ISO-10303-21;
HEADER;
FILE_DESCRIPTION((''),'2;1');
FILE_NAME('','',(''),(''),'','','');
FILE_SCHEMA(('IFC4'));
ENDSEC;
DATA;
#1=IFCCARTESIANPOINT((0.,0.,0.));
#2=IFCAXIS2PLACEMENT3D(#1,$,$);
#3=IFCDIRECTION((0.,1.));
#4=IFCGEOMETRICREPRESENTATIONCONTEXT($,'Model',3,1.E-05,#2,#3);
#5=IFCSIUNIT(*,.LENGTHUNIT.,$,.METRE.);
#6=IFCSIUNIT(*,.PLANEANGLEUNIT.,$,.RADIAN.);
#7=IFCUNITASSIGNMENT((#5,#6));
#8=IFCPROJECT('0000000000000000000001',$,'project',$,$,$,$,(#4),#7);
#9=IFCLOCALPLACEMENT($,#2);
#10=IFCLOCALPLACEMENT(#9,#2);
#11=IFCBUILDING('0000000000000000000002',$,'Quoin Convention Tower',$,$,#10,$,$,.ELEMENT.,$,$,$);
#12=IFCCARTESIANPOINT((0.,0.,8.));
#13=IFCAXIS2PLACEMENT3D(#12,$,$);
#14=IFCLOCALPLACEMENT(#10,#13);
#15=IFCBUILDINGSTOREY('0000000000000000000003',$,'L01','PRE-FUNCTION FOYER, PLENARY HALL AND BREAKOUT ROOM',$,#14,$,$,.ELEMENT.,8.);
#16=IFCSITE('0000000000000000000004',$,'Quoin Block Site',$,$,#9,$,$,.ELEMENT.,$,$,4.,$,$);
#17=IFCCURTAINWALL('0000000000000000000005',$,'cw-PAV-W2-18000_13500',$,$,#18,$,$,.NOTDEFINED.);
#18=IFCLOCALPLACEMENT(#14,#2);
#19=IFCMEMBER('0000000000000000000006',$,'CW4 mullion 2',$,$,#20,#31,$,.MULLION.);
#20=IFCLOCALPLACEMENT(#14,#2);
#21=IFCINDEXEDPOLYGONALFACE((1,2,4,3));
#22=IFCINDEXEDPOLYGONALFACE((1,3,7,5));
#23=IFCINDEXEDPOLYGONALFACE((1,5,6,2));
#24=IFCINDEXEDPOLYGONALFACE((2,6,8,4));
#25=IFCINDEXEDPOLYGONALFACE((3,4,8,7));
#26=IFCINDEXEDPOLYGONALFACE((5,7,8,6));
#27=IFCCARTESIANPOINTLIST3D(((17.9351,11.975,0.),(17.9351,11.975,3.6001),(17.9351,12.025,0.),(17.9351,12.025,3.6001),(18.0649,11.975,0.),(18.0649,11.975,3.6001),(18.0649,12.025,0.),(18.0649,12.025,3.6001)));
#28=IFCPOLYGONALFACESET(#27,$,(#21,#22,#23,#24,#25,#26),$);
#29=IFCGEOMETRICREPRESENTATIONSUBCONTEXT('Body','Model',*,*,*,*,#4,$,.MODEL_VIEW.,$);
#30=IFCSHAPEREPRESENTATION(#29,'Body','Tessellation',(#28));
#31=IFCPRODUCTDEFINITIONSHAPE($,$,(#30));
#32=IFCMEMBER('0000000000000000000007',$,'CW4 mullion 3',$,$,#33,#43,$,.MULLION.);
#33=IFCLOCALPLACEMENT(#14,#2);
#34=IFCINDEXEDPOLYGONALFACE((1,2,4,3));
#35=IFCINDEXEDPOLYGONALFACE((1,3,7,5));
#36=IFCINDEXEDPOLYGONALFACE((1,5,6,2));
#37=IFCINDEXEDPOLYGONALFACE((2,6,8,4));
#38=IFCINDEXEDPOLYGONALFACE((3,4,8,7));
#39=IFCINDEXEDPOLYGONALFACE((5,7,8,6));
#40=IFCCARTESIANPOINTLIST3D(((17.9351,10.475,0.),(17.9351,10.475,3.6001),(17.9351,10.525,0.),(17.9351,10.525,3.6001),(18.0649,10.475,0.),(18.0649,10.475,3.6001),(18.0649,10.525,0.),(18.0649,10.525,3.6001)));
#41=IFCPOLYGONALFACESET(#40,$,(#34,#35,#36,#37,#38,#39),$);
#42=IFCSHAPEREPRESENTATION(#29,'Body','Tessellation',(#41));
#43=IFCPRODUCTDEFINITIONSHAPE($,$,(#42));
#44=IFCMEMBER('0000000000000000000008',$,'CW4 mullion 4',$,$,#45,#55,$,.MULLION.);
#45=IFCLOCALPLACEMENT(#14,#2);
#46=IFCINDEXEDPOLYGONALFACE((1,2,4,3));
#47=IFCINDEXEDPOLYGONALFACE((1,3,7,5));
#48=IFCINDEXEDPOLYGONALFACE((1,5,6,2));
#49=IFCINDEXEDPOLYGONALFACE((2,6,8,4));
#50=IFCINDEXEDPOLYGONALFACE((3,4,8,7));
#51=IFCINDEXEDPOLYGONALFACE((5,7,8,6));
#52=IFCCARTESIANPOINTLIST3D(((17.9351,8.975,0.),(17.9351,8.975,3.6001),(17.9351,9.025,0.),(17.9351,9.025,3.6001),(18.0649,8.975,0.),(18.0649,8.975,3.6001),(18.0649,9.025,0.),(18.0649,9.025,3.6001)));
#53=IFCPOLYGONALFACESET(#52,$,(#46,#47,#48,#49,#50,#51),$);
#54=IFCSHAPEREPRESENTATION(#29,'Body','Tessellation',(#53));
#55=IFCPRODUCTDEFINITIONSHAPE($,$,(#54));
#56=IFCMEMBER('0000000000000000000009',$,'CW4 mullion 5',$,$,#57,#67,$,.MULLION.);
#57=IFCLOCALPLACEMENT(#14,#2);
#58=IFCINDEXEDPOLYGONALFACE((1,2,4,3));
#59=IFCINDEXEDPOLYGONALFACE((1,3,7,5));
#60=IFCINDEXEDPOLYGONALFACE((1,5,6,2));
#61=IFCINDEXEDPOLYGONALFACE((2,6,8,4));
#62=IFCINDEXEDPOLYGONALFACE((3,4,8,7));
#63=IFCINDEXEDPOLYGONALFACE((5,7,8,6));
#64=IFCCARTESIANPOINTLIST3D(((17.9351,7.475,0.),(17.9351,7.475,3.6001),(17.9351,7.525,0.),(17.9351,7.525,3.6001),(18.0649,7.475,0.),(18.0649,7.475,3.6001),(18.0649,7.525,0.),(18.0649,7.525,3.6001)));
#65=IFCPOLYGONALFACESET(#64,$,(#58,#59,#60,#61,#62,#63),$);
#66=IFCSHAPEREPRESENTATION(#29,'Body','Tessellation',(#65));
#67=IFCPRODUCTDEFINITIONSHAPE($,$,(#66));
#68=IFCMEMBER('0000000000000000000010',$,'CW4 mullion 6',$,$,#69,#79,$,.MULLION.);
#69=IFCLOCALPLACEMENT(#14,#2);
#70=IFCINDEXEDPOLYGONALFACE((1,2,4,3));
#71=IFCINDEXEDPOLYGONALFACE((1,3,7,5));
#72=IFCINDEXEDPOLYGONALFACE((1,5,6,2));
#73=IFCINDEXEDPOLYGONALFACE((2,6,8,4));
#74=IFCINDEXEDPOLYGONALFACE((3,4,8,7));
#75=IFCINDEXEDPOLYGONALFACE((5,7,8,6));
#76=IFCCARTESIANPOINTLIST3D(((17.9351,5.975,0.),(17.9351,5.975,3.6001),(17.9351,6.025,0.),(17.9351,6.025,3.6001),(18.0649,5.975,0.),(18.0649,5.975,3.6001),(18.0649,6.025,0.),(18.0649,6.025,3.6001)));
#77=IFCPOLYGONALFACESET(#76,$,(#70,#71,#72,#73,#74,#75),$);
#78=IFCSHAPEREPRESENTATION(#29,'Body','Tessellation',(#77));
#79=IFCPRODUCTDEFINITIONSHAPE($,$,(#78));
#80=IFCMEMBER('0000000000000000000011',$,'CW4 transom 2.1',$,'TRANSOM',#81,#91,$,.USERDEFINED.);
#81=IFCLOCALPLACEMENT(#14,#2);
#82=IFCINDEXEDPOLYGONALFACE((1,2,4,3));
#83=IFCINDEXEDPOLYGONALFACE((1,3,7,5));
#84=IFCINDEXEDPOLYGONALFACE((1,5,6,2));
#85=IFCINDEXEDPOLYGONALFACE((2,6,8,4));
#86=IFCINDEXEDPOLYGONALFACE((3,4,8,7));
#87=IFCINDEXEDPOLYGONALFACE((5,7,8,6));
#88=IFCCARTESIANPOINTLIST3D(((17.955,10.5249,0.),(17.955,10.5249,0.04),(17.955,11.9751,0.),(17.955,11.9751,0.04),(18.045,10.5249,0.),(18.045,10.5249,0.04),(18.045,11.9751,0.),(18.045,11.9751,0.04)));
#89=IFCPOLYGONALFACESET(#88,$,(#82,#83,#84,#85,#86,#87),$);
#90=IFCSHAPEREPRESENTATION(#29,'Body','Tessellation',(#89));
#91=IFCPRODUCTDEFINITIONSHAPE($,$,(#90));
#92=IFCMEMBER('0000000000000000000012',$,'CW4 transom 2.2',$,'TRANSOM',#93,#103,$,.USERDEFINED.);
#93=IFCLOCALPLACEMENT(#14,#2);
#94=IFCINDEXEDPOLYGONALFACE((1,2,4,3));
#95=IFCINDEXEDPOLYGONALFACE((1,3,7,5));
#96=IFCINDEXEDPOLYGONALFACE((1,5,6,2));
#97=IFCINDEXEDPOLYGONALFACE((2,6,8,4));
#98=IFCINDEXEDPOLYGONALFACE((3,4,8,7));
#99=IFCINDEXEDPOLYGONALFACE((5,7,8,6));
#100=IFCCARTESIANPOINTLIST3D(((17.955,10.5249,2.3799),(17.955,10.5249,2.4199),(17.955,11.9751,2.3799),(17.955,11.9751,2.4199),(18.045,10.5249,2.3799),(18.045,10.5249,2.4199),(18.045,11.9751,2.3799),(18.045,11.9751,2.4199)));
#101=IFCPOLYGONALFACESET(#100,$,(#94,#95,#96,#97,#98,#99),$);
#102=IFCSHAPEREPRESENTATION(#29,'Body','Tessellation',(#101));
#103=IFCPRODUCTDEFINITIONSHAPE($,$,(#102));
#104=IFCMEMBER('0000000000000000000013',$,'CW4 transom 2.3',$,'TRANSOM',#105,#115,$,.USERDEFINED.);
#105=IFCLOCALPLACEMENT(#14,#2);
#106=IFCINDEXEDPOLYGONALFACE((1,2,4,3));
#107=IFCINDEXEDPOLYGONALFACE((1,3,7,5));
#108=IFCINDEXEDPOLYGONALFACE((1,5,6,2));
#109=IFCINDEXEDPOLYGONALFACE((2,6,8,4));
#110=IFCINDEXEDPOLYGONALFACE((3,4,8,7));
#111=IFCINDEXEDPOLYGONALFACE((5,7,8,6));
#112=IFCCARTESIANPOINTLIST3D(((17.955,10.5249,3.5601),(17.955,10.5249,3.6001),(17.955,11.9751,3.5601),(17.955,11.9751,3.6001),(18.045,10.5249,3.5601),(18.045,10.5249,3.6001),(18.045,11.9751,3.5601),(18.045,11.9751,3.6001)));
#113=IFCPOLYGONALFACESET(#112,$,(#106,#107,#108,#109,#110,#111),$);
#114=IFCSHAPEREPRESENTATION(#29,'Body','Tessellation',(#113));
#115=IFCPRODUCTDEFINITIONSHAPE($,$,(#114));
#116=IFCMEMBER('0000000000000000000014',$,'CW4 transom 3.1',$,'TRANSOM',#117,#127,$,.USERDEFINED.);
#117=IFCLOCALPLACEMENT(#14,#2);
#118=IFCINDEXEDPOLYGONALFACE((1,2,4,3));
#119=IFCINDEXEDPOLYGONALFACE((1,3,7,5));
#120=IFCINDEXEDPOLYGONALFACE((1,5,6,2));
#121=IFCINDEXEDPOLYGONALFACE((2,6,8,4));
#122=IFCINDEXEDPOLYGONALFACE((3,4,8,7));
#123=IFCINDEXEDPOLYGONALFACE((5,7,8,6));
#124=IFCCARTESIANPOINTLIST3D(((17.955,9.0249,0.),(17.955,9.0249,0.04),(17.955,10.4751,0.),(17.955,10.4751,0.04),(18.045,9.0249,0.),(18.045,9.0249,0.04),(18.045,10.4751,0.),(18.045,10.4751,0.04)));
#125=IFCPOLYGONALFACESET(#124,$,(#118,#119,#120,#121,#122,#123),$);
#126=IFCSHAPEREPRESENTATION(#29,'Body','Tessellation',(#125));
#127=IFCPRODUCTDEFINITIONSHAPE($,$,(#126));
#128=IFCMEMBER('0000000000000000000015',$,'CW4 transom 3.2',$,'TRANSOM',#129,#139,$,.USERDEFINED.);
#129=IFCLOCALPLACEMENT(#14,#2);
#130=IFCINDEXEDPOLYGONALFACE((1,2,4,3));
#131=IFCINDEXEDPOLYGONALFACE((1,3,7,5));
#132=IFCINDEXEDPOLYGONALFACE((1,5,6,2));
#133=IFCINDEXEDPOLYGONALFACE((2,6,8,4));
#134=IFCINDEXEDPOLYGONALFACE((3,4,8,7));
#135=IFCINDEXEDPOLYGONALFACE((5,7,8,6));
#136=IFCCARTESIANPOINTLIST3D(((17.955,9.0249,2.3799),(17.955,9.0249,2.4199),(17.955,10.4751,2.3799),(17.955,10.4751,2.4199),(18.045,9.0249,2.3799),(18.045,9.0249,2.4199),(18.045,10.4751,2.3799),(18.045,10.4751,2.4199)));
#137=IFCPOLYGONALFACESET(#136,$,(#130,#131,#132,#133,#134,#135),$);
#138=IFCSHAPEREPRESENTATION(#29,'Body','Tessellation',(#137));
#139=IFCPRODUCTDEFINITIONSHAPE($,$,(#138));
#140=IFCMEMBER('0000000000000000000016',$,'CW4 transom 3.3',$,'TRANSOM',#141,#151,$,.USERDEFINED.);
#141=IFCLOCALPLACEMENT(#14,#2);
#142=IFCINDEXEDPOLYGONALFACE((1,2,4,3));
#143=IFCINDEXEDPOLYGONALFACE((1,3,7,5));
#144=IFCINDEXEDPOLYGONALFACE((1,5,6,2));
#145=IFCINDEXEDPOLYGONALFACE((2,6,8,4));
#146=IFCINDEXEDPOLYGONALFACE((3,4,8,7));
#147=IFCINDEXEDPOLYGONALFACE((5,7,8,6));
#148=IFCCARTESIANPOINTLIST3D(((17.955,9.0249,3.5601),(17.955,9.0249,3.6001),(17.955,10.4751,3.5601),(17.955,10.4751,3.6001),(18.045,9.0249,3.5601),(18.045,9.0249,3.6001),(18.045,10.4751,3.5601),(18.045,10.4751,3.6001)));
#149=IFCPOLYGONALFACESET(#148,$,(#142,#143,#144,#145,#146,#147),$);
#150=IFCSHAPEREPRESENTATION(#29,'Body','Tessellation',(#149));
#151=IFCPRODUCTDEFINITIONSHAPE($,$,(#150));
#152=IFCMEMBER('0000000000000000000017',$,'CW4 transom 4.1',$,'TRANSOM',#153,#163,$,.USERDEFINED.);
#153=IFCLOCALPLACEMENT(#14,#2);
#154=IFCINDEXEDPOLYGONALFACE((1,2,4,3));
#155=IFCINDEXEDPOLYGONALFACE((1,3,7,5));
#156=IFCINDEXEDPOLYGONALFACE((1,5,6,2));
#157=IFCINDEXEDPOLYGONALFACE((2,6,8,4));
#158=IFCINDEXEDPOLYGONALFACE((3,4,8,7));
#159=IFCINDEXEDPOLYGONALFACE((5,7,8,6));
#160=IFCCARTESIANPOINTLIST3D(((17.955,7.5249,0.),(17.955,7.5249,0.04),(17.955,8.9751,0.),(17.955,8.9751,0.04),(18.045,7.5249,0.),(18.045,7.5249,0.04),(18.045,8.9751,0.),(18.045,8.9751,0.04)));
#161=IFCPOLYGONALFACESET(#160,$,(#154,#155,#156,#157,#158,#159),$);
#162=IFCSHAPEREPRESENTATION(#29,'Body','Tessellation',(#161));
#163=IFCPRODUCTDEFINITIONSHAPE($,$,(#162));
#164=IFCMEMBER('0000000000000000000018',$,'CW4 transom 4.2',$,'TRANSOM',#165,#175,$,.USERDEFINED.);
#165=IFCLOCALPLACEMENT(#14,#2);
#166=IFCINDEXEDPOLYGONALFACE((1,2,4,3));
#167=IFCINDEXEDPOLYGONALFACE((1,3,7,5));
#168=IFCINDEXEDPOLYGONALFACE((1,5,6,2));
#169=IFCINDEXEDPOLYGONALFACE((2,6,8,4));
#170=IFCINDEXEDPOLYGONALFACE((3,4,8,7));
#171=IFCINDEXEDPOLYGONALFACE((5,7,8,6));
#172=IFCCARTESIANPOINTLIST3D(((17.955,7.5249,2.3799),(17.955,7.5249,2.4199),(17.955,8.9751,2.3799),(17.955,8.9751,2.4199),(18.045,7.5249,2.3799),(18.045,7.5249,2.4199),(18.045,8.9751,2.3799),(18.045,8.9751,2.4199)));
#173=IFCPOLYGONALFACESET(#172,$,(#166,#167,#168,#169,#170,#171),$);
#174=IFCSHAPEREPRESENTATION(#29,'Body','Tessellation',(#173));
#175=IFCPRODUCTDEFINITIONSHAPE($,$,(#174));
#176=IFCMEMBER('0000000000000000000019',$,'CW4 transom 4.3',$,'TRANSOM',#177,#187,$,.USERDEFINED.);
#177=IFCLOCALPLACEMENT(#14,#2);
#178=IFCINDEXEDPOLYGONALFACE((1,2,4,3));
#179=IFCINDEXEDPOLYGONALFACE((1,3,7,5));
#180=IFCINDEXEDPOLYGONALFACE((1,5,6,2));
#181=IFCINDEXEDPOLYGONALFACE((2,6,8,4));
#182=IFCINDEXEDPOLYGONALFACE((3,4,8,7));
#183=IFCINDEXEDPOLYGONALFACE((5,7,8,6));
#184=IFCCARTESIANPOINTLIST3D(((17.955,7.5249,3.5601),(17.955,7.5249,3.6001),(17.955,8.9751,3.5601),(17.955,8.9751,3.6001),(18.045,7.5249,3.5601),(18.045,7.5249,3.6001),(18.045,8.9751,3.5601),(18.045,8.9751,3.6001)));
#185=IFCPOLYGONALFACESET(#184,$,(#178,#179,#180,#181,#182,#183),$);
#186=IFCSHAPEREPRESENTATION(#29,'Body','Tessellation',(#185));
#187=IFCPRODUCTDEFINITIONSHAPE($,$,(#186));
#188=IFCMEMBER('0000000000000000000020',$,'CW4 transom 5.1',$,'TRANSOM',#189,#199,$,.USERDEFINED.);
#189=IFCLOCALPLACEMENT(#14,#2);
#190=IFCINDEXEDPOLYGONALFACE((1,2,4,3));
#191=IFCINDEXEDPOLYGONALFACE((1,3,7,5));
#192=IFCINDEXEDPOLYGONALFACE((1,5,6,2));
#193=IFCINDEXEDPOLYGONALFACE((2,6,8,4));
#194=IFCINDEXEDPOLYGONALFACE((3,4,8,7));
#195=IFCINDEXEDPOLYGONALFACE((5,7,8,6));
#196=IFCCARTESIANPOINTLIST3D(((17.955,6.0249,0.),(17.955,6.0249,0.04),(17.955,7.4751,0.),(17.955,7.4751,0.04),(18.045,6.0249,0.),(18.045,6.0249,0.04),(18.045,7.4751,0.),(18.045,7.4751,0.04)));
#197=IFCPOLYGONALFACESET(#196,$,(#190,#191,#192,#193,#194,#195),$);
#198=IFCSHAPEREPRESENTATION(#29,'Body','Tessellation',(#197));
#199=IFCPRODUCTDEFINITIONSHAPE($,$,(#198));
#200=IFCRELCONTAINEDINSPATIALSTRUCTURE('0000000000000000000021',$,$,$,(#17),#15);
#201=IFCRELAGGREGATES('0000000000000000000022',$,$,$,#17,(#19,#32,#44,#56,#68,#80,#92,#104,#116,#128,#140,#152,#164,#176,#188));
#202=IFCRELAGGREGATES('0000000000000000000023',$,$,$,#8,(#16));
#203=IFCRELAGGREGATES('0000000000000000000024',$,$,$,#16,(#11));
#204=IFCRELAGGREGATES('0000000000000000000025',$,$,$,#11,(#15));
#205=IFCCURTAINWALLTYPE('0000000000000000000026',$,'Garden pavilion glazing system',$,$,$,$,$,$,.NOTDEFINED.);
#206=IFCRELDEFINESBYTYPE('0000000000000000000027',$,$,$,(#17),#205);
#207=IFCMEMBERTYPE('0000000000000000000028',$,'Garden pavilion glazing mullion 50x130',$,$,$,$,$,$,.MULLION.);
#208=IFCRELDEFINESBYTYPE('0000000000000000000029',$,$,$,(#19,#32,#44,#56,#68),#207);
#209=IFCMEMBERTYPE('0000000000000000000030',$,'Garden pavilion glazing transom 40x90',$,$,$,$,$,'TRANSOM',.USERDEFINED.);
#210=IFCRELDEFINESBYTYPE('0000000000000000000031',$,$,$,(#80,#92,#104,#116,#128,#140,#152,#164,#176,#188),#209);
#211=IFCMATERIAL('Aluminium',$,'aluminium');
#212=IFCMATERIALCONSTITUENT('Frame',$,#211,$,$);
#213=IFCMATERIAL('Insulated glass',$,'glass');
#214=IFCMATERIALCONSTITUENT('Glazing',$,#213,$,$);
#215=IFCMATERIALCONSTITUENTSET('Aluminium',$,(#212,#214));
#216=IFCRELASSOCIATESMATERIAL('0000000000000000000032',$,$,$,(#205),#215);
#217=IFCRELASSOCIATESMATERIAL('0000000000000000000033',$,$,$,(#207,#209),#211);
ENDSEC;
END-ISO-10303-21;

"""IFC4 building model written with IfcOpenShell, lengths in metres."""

from ifc_helpers import new_model, si_unit, direction, frame, origin, origin_2d, place, context, subcontext, project, spatial, rectangle, extrude, material, constituent, constituent_set, material_profile, profile_set, type_object, element, aggregate, save


model = new_model("IFC4")

# Units and contexts
model_context = context("Model", 3, precision=1e-05, world=origin(), true_north=direction((0.0, 1.0)))
body_context = subcontext(model_context, "Body", "Model", "MODEL_VIEW")
ifc_project = project(units=[si_unit("LENGTHUNIT", "METRE"), si_unit("PLANEANGLEUNIT", "RADIAN")], contexts=[model_context])

# Site, building, storey
site_placement = place(None, origin())
site = spatial("IfcSite", under=ifc_project, at=site_placement, Name="Quoin Block Site", CompositionType="ELEMENT", RefElevation=4.0)
building_placement = place(site_placement, origin())
building = spatial("IfcBuilding", under=site, at=building_placement, Name="Quoin Convention Tower", CompositionType="ELEMENT")
storey_placement = place(building_placement, frame((0.0, 0.0, 8.0)))
storey = spatial("IfcBuildingStorey", under=building, at=storey_placement, Name="L01", Description="PRE-FUNCTION FOYER, PLENARY HALL AND BREAKOUT ROOM", CompositionType="ELEMENT", Elevation=8.0)

# Curtain wall, members
ifc_material_1 = material(Name="Aluminium", Category="aluminium")
ifc_constituent_1 = constituent(ifc_material_1, Name="Frame")
ifc_material_2 = material(Name="Insulated glass", Category="glass")
ifc_constituent_2 = constituent(ifc_material_2, Name="Glazing")
ifc_constituent_set = constituent_set(constituents=[ifc_constituent_1, ifc_constituent_2], Name="Aluminium")
curtain_wall_type = type_object("IfcCurtainWallType", Name="Garden pavilion glazing system", PredefinedType="NOTDEFINED", material=ifc_constituent_set)
curtain_wall_placement = place(storey_placement, origin())
curtain_wall = element("IfcCurtainWall", 1, at=curtain_wall_placement, inside=storey, type_object=curtain_wall_type, Name="cw-PAV-W2-18000_13500", PredefinedType="NOTDEFINED")
ifc_material_profile_1 = material_profile(ifc_material_1, rectangle(XDim=0.1299, YDim=0.05, at=origin_2d()), Name="Garden pavilion glazing mullion 50x130")
ifc_profile_set_1 = profile_set([ifc_material_profile_1], Name="Aluminium")
member_type_1 = type_object("IfcMemberType", Name="Garden pavilion glazing mullion 50x130", PredefinedType="MULLION", material=ifc_profile_set_1)
member_1_placement = place(storey_placement, frame((18.0, 12.0, 0.0), z_axis=(0.0, 0.0, 1.0), x_axis=(1.0, 0.0, 0.0)))
member_1 = element("IfcMember", 2, at=member_1_placement, type_object=member_type_1, Name="CW4 mullion 2", PredefinedType="MULLION", context=body_context, shape_type="SweptSolid", body=[
    extrude(rectangle(XDim=0.1299, YDim=0.05, at=origin_2d()), origin(), (0.0, 0.0, 1.0), 3.6001),
])
member_2_placement = place(storey_placement, frame((18.0, 10.5, 0.0), z_axis=(0.0, 0.0, 1.0), x_axis=(1.0, 0.0, 0.0)))
member_2 = element("IfcMember", 3, at=member_2_placement, type_object=member_type_1, Name="CW4 mullion 3", PredefinedType="MULLION", context=body_context, shape_type="SweptSolid", body=[
    extrude(rectangle(XDim=0.1299, YDim=0.05, at=origin_2d()), origin(), (0.0, 0.0, 1.0), 3.6001),
])
member_3_placement = place(storey_placement, frame((18.0, 9.0, 0.0), z_axis=(0.0, 0.0, 1.0), x_axis=(1.0, 0.0, 0.0)))
member_3 = element("IfcMember", 4, at=member_3_placement, type_object=member_type_1, Name="CW4 mullion 4", PredefinedType="MULLION", context=body_context, shape_type="SweptSolid", body=[
    extrude(rectangle(XDim=0.1299, YDim=0.05, at=origin_2d()), origin(), (0.0, 0.0, 1.0), 3.6001),
])
member_4_placement = place(storey_placement, frame((18.0, 7.5, 0.0), z_axis=(0.0, 0.0, 1.0), x_axis=(1.0, 0.0, 0.0)))
member_4 = element("IfcMember", 5, at=member_4_placement, type_object=member_type_1, Name="CW4 mullion 5", PredefinedType="MULLION", context=body_context, shape_type="SweptSolid", body=[
    extrude(rectangle(XDim=0.1299, YDim=0.05, at=origin_2d()), origin(), (0.0, 0.0, 1.0), 3.6001),
])
member_5_placement = place(storey_placement, frame((18.0, 6.0, 0.0), z_axis=(0.0, 0.0, 1.0), x_axis=(1.0, 0.0, 0.0)))
member_5 = element("IfcMember", 6, at=member_5_placement, type_object=member_type_1, Name="CW4 mullion 6", PredefinedType="MULLION", context=body_context, shape_type="SweptSolid", body=[
    extrude(rectangle(XDim=0.1299, YDim=0.05, at=origin_2d()), origin(), (0.0, 0.0, 1.0), 3.6001),
])
ifc_material_profile_2 = material_profile(ifc_material_1, rectangle(XDim=0.0901, YDim=0.04, at=origin_2d()), Name="Garden pavilion glazing transom 40x90")
ifc_profile_set_2 = profile_set([ifc_material_profile_2], Name="Aluminium")
member_type_2 = type_object("IfcMemberType", Name="Garden pavilion glazing transom 40x90", ElementType="TRANSOM", PredefinedType="USERDEFINED", material=ifc_profile_set_2)
member_6_placement = place(storey_placement, frame((18.0, 11.9751, 0.02), z_axis=(0.0, -1.0, 0.0), x_axis=(1.0, 0.0, 0.0)))
member_6 = element("IfcMember", 7, at=member_6_placement, type_object=member_type_2, Name="CW4 transom 2.1", ObjectType="TRANSOM", PredefinedType="USERDEFINED", context=body_context, shape_type="SweptSolid", body=[
    extrude(rectangle(XDim=0.0901, YDim=0.04, at=origin_2d()), origin(), (0.0, 0.0, 1.0), 1.4502),
])
member_7_placement = place(storey_placement, frame((18.0, 11.9751, 2.3999), z_axis=(0.0, -1.0, 0.0), x_axis=(1.0, 0.0, 0.0)))
member_7 = element("IfcMember", 8, at=member_7_placement, type_object=member_type_2, Name="CW4 transom 2.2", ObjectType="TRANSOM", PredefinedType="USERDEFINED", context=body_context, shape_type="SweptSolid", body=[
    extrude(rectangle(XDim=0.0901, YDim=0.04, at=origin_2d()), origin(), (0.0, 0.0, 1.0), 1.4502),
])
member_8_placement = place(storey_placement, frame((18.0, 11.9751, 3.5801), z_axis=(0.0, -1.0, 0.0), x_axis=(1.0, 0.0, 0.0)))
member_8 = element("IfcMember", 9, at=member_8_placement, type_object=member_type_2, Name="CW4 transom 2.3", ObjectType="TRANSOM", PredefinedType="USERDEFINED", context=body_context, shape_type="SweptSolid", body=[
    extrude(rectangle(XDim=0.0901, YDim=0.04, at=origin_2d()), origin(), (0.0, 0.0, 1.0), 1.4502),
])
member_9_placement = place(storey_placement, frame((18.0, 10.4751, 0.02), z_axis=(0.0, -1.0, 0.0), x_axis=(1.0, 0.0, 0.0)))
member_9 = element("IfcMember", 10, at=member_9_placement, type_object=member_type_2, Name="CW4 transom 3.1", ObjectType="TRANSOM", PredefinedType="USERDEFINED", context=body_context, shape_type="SweptSolid", body=[
    extrude(rectangle(XDim=0.0901, YDim=0.04, at=origin_2d()), origin(), (0.0, 0.0, 1.0), 1.4502),
])
member_10_placement = place(storey_placement, frame((18.0, 10.4751, 2.3999), z_axis=(0.0, -1.0, 0.0), x_axis=(1.0, 0.0, 0.0)))
member_10 = element("IfcMember", 11, at=member_10_placement, type_object=member_type_2, Name="CW4 transom 3.2", ObjectType="TRANSOM", PredefinedType="USERDEFINED", context=body_context, shape_type="SweptSolid", body=[
    extrude(rectangle(XDim=0.0901, YDim=0.04, at=origin_2d()), origin(), (0.0, 0.0, 1.0), 1.4502),
])
member_11_placement = place(storey_placement, frame((18.0, 10.4751, 3.5801), z_axis=(0.0, -1.0, 0.0), x_axis=(1.0, 0.0, 0.0)))
member_11 = element("IfcMember", 12, at=member_11_placement, type_object=member_type_2, Name="CW4 transom 3.3", ObjectType="TRANSOM", PredefinedType="USERDEFINED", context=body_context, shape_type="SweptSolid", body=[
    extrude(rectangle(XDim=0.0901, YDim=0.04, at=origin_2d()), origin(), (0.0, 0.0, 1.0), 1.4502),
])
member_12_placement = place(storey_placement, frame((18.0, 8.9751, 0.02), z_axis=(0.0, -1.0, 0.0), x_axis=(1.0, 0.0, 0.0)))
member_12 = element("IfcMember", 13, at=member_12_placement, type_object=member_type_2, Name="CW4 transom 4.1", ObjectType="TRANSOM", PredefinedType="USERDEFINED", context=body_context, shape_type="SweptSolid", body=[
    extrude(rectangle(XDim=0.0901, YDim=0.04, at=origin_2d()), origin(), (0.0, 0.0, 1.0), 1.4502),
])
member_13_placement = place(storey_placement, frame((18.0, 8.9751, 2.3999), z_axis=(0.0, -1.0, 0.0), x_axis=(1.0, 0.0, 0.0)))
member_13 = element("IfcMember", 14, at=member_13_placement, type_object=member_type_2, Name="CW4 transom 4.2", ObjectType="TRANSOM", PredefinedType="USERDEFINED", context=body_context, shape_type="SweptSolid", body=[
    extrude(rectangle(XDim=0.0901, YDim=0.04, at=origin_2d()), origin(), (0.0, 0.0, 1.0), 1.4502),
])
member_14_placement = place(storey_placement, frame((18.0, 8.9751, 3.5801), z_axis=(0.0, -1.0, 0.0), x_axis=(1.0, 0.0, 0.0)))
member_14 = element("IfcMember", 15, at=member_14_placement, type_object=member_type_2, Name="CW4 transom 4.3", ObjectType="TRANSOM", PredefinedType="USERDEFINED", context=body_context, shape_type="SweptSolid", body=[
    extrude(rectangle(XDim=0.0901, YDim=0.04, at=origin_2d()), origin(), (0.0, 0.0, 1.0), 1.4502),
])
member_15_placement = place(storey_placement, frame((18.0, 7.4751, 0.02), z_axis=(0.0, -1.0, 0.0), x_axis=(1.0, 0.0, 0.0)))
member_15 = element("IfcMember", 16, at=member_15_placement, type_object=member_type_2, Name="CW4 transom 5.1", ObjectType="TRANSOM", PredefinedType="USERDEFINED", context=body_context, shape_type="SweptSolid", body=[
    extrude(rectangle(XDim=0.0901, YDim=0.04, at=origin_2d()), origin(), (0.0, 0.0, 1.0), 1.4502),
])

aggregate(curtain_wall, [member_1, member_2, member_3, member_4, member_5, member_6, member_7, member_8, member_9, member_10, member_11, member_12, member_13, member_14, member_15])

save(model, "model.ifc")
